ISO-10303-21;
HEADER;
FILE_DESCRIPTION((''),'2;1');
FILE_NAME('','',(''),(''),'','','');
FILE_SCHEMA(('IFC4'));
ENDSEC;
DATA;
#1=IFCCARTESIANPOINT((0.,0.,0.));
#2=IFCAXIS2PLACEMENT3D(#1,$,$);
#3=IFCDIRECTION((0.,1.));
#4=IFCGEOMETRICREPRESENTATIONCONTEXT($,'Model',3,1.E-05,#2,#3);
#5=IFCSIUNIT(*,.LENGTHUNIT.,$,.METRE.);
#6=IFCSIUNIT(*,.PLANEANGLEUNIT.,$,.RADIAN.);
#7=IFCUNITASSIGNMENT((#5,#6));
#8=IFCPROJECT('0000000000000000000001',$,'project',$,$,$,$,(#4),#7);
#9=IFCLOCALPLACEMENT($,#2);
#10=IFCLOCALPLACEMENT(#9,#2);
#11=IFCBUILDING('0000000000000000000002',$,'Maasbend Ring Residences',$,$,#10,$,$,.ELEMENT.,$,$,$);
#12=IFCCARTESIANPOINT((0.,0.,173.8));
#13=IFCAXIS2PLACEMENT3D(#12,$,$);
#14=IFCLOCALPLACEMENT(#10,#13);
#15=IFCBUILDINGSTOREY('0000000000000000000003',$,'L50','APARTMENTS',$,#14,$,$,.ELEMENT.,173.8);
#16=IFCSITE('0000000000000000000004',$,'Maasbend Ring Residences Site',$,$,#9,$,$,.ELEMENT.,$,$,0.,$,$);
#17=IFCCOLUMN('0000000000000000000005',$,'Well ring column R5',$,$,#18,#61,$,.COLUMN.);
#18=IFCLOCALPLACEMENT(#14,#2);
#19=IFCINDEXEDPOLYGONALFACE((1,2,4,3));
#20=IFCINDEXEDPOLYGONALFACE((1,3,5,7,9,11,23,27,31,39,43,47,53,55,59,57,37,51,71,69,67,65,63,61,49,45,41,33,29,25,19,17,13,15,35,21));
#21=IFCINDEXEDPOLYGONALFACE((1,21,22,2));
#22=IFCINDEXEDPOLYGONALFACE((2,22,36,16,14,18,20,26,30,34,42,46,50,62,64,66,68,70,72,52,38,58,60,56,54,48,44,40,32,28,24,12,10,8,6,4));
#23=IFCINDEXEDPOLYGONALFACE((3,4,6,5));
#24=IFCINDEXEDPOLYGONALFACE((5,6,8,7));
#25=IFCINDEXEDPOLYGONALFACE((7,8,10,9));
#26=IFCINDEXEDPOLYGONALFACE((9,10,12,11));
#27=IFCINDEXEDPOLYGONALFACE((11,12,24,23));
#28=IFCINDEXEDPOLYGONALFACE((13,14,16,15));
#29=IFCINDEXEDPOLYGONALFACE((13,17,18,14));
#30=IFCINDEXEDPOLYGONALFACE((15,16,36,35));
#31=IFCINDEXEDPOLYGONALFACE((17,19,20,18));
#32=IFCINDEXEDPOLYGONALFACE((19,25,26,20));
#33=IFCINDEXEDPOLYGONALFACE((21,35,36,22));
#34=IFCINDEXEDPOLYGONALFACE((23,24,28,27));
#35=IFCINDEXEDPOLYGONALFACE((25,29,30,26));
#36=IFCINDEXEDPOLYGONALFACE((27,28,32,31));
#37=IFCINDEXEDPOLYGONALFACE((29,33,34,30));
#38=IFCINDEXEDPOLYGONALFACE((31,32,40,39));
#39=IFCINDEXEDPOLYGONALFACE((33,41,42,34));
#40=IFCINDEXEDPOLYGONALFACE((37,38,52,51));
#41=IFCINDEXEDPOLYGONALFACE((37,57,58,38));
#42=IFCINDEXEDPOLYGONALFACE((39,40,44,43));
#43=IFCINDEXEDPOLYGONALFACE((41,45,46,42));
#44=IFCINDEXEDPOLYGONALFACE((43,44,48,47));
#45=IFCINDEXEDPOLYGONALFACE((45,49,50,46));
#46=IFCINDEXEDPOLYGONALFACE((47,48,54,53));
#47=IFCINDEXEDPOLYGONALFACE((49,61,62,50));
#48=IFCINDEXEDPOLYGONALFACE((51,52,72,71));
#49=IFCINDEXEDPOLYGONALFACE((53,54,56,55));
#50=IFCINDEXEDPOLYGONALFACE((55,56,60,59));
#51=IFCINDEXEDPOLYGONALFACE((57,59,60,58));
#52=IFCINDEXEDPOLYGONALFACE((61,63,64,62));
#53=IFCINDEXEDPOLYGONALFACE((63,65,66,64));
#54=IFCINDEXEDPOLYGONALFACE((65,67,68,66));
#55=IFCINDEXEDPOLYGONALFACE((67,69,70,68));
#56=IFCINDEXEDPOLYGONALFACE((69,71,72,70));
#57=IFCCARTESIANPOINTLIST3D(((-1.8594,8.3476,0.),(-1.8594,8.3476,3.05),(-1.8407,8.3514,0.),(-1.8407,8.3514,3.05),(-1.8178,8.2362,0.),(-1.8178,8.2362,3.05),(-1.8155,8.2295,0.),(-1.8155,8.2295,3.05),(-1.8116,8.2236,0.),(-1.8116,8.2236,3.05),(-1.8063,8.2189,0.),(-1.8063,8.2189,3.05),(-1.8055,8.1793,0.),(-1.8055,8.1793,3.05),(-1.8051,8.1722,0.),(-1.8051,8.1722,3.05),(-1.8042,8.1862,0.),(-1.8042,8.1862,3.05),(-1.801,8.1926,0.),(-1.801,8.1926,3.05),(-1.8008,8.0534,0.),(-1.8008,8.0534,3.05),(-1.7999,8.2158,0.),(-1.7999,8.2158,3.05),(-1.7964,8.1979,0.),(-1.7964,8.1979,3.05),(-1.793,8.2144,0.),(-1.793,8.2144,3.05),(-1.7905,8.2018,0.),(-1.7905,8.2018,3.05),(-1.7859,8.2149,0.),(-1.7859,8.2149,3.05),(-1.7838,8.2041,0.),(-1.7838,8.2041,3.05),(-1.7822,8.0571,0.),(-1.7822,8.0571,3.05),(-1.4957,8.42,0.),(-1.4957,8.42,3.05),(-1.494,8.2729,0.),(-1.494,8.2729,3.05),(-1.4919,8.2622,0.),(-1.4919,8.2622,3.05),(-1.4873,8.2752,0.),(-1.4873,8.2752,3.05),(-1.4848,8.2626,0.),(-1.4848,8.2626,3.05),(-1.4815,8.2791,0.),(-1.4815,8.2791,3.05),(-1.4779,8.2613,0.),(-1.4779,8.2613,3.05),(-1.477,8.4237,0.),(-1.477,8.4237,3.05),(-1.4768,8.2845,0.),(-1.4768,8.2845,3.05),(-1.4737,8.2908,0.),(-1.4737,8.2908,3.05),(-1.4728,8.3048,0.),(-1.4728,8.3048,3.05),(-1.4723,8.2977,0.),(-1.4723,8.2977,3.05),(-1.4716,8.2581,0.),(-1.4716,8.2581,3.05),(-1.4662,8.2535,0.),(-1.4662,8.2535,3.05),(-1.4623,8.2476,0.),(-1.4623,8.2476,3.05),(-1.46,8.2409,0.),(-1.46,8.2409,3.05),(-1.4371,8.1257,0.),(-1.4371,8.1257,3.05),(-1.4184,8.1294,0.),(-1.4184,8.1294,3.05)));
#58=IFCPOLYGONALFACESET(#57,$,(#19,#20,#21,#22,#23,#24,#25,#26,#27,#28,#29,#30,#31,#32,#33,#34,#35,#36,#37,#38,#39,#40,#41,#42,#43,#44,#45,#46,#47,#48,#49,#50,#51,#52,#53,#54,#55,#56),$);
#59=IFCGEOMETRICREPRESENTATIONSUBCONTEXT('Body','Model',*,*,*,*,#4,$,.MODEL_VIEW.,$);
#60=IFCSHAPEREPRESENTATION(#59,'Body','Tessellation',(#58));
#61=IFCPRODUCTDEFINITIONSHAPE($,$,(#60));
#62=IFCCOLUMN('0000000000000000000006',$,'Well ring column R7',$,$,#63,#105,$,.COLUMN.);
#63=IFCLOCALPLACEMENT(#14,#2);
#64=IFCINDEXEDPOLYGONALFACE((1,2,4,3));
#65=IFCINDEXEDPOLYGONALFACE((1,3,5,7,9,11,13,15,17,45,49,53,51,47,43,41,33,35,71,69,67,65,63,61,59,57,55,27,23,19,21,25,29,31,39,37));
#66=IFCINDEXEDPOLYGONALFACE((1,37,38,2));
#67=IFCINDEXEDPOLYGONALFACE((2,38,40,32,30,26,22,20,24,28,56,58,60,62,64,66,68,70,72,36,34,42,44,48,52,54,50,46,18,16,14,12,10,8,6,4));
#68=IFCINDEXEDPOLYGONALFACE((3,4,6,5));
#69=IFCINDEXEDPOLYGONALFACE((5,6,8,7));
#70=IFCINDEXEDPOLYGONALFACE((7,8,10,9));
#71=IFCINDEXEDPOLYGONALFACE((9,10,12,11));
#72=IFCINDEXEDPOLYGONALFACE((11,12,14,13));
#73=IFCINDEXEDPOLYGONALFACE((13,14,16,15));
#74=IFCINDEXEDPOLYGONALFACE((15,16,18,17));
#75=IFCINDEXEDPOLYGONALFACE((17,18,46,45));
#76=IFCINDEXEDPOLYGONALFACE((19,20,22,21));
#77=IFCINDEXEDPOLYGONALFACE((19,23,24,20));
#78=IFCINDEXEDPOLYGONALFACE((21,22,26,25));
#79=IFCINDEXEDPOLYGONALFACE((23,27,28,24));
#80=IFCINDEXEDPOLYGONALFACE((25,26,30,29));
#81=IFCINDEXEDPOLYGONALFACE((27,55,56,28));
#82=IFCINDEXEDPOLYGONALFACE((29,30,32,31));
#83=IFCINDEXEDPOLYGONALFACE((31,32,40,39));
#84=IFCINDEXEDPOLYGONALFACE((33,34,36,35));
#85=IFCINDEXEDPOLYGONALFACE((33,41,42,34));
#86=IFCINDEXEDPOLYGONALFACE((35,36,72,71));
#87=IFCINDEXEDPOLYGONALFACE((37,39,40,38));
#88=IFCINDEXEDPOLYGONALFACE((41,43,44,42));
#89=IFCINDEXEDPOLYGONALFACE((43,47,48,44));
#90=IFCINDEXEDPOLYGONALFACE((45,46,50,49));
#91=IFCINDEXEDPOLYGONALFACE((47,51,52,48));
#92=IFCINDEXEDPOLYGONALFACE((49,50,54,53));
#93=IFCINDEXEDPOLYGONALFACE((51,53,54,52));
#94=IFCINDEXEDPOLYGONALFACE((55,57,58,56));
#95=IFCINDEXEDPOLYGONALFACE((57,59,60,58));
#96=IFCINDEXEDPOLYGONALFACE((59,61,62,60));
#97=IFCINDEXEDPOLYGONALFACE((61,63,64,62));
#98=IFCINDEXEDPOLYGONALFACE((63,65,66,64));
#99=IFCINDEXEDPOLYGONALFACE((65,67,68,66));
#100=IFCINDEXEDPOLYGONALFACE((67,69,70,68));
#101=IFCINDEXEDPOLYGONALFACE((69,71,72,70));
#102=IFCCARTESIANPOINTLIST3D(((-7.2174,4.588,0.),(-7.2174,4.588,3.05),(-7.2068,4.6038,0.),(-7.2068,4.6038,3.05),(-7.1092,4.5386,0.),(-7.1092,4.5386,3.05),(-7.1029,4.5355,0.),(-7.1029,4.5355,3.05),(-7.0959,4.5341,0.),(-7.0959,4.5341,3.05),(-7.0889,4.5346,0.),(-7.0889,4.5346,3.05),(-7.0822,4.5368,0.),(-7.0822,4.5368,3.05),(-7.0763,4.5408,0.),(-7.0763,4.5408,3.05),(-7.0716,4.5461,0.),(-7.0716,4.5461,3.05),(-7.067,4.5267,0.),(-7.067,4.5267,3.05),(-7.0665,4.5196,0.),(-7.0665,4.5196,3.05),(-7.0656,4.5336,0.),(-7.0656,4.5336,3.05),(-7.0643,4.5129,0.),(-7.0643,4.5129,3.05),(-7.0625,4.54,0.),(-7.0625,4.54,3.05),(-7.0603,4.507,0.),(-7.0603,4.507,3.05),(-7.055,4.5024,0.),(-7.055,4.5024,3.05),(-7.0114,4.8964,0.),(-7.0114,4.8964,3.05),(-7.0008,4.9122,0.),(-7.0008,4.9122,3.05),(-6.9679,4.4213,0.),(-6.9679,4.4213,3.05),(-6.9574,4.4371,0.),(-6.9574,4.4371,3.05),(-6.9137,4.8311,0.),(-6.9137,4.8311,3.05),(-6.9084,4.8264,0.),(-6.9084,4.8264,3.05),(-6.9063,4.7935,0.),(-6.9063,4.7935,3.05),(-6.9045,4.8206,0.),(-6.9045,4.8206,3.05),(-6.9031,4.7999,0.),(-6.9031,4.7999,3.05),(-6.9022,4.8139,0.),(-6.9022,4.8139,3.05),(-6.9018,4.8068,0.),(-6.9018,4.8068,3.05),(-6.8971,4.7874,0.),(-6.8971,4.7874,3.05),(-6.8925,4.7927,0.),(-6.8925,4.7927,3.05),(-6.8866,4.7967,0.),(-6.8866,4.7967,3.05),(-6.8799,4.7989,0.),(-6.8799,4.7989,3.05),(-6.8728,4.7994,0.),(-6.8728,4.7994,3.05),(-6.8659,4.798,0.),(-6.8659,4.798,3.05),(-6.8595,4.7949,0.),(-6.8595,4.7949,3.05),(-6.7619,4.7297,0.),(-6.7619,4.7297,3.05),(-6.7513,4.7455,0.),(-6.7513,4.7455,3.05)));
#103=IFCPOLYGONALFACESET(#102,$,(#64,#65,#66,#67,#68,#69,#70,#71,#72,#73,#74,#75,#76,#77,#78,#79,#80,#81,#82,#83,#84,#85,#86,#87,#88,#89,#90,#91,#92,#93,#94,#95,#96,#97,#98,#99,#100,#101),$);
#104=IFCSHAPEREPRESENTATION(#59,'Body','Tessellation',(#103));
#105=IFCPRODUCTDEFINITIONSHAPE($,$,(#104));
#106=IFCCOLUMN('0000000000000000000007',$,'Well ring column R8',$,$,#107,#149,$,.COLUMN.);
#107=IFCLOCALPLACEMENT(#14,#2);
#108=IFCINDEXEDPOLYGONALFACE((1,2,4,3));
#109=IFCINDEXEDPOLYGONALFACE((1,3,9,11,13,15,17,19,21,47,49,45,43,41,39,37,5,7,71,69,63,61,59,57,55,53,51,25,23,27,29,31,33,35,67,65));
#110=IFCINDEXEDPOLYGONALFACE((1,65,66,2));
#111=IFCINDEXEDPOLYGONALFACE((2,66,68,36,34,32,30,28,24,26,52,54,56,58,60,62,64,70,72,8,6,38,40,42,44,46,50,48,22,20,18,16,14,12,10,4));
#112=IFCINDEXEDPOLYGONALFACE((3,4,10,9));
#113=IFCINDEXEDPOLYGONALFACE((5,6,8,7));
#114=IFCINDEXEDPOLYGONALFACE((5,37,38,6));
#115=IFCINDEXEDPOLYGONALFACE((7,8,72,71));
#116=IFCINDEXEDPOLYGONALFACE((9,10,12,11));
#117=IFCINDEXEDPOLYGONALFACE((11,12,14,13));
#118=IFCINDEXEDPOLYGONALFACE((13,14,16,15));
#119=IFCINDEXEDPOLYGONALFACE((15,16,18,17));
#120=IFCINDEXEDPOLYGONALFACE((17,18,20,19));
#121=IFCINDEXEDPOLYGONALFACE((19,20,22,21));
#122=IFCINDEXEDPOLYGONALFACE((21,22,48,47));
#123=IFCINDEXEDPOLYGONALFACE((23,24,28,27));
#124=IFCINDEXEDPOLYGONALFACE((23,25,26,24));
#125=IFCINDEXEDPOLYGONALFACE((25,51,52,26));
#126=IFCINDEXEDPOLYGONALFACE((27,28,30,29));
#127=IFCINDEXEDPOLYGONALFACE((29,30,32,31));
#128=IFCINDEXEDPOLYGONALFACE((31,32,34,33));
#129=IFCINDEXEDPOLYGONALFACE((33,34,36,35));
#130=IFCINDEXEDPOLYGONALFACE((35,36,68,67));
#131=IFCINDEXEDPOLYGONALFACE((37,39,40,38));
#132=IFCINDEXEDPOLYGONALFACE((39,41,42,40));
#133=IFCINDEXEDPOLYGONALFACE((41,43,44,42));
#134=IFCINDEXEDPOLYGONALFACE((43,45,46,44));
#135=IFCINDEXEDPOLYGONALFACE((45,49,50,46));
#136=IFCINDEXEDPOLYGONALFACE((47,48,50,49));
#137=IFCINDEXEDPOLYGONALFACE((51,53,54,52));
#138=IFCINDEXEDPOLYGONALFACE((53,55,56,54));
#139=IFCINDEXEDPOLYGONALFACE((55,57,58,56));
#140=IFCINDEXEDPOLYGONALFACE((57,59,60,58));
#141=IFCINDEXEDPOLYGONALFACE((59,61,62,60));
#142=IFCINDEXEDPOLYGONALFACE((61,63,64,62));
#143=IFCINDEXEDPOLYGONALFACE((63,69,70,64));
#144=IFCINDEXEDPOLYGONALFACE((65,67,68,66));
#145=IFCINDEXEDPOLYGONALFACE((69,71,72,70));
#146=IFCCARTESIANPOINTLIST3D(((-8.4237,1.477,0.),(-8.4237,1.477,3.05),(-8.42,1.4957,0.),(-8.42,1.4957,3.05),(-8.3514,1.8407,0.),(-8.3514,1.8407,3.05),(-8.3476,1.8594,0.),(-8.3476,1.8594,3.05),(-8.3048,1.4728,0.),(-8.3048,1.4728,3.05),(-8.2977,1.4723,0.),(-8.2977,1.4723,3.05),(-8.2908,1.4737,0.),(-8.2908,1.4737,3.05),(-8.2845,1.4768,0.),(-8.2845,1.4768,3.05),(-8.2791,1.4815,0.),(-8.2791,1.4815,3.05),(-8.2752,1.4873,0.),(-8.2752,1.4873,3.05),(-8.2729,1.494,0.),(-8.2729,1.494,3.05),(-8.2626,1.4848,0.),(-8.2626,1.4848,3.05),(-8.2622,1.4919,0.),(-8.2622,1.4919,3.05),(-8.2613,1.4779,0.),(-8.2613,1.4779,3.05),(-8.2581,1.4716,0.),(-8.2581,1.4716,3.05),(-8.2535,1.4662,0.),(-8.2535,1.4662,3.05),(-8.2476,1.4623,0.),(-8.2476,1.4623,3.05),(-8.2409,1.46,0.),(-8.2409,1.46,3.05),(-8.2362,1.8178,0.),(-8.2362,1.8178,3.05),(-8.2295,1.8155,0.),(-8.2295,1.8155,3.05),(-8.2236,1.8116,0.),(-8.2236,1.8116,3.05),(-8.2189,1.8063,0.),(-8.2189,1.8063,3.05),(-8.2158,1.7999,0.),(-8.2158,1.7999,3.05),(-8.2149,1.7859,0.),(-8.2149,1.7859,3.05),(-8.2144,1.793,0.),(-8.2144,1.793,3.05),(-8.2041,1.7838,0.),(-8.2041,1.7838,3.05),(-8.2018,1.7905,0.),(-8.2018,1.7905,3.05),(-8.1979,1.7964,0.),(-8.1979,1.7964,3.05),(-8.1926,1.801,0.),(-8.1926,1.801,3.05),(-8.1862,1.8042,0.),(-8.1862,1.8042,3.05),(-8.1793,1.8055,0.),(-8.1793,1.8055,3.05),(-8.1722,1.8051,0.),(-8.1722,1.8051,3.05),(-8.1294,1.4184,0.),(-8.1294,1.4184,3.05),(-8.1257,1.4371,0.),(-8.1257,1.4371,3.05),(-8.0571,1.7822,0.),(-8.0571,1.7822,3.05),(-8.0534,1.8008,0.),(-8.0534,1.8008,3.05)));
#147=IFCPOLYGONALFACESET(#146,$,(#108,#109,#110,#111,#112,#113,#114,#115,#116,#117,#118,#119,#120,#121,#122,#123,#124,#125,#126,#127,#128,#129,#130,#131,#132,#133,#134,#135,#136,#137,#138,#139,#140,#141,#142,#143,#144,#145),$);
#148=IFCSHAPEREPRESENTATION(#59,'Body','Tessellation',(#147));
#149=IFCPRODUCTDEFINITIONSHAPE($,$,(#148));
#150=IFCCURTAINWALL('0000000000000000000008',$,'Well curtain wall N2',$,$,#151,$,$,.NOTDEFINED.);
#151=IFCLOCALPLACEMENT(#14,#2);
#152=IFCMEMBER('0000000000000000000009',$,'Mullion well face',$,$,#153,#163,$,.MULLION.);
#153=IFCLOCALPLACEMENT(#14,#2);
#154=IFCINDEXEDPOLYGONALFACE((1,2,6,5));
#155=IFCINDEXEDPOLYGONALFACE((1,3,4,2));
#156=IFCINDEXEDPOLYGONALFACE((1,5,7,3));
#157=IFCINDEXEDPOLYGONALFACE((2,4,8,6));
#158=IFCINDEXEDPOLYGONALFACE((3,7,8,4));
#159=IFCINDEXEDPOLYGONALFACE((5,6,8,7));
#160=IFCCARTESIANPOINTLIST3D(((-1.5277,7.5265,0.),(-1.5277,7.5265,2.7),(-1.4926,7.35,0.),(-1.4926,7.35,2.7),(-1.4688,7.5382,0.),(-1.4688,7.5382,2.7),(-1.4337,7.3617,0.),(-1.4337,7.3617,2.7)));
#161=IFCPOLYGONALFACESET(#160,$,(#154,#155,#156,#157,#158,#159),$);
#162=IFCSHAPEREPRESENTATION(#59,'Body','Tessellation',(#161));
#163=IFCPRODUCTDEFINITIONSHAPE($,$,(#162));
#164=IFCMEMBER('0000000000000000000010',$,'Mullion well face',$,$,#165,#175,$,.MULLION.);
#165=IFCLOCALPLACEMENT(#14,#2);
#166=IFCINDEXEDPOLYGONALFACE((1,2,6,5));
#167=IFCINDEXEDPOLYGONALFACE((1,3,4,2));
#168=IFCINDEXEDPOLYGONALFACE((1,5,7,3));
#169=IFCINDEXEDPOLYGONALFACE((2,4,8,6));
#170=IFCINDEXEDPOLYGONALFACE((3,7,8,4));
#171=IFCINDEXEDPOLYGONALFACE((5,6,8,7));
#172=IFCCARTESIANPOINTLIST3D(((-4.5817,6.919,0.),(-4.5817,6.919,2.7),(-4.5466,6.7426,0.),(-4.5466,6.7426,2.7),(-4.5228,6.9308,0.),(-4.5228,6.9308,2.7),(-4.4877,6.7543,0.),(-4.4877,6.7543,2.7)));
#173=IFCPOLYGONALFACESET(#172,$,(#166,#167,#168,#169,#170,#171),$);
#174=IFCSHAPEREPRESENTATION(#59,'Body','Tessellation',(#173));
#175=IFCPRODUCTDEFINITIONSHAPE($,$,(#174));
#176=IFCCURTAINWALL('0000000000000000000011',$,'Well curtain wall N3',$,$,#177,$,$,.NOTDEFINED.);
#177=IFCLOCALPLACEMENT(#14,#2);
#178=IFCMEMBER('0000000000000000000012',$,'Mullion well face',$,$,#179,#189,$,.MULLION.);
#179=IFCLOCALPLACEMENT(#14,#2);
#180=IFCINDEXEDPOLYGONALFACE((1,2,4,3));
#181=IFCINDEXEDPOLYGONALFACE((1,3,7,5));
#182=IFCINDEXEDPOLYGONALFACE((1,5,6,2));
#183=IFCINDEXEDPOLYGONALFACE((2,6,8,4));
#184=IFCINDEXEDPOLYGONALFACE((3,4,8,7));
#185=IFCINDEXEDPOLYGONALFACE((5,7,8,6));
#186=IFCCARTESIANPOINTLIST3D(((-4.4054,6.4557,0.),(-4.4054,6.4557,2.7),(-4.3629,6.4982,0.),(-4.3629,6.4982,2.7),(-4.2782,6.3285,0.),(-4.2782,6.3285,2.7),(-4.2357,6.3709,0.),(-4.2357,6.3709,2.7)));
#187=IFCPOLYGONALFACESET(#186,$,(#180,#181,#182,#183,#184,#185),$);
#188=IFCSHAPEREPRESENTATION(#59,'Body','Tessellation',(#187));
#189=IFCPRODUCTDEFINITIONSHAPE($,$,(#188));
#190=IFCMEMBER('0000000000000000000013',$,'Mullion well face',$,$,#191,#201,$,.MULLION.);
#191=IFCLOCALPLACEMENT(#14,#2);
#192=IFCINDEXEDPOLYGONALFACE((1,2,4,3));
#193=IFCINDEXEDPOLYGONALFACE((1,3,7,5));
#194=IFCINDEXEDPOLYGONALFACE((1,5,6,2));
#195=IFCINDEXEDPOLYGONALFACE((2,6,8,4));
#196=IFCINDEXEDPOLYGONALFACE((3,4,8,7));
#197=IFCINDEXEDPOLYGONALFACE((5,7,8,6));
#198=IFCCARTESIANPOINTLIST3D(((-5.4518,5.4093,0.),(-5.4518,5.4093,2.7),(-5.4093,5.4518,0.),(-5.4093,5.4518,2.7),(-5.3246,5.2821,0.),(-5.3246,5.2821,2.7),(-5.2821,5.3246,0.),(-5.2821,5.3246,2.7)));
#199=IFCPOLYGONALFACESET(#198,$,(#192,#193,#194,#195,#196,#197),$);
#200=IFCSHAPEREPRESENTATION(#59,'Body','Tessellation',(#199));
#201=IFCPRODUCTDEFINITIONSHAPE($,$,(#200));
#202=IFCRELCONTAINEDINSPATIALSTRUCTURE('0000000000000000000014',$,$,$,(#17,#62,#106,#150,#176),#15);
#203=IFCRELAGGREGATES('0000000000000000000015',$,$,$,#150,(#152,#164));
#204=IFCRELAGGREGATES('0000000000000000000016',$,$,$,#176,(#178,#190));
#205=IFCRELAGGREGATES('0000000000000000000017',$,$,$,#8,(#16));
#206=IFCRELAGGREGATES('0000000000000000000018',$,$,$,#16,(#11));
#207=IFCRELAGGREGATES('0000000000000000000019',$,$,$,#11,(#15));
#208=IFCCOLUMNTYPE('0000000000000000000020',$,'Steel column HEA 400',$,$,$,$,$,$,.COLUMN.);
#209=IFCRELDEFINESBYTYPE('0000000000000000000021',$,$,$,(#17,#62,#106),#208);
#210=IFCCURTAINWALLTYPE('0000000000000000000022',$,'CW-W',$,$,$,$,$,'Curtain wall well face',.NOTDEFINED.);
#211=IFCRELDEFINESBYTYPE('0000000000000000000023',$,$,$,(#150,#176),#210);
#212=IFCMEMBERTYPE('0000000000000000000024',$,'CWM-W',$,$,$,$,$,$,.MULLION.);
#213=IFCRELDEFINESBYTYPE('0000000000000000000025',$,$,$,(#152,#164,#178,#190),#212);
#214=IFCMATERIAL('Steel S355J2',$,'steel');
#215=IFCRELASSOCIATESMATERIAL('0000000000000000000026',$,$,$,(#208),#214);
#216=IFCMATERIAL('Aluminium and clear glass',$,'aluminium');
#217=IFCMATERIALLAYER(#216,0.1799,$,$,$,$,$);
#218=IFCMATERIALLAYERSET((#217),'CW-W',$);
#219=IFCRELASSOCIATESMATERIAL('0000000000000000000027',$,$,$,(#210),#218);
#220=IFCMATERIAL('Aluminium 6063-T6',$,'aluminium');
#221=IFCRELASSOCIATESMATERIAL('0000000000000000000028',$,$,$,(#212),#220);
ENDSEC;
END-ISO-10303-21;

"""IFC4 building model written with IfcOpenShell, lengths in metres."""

from ifc_helpers import new_model, si_unit, direction, frame, origin, origin_2d, place, context, subcontext, project, spatial, rectangle, i_section, extrude, material, layer, layer_set, material_profile, profile_set, type_object, element, aggregate, save


model = new_model("IFC4")

# Units and contexts
model_context = context("Model", 3, precision=1e-05, world=origin(), true_north=direction((0.0, 1.0)))
body_context = subcontext(model_context, "Body", "Model", "MODEL_VIEW")
ifc_project = project(units=[si_unit("LENGTHUNIT", "METRE"), si_unit("PLANEANGLEUNIT", "RADIAN")], contexts=[model_context])

# Site, building, storey
site_placement = place(None, origin())
site = spatial("IfcSite", under=ifc_project, at=site_placement, Name="Maasbend Ring Residences Site", CompositionType="ELEMENT", RefElevation=0.0)
building_placement = place(site_placement, origin())
building = spatial("IfcBuilding", under=site, at=building_placement, Name="Maasbend Ring Residences", CompositionType="ELEMENT")
storey_placement = place(building_placement, frame((0.0, 0.0, 173.8)))
storey = spatial("IfcBuildingStorey", under=building, at=storey_placement, Name="L50", Description="APARTMENTS", CompositionType="ELEMENT", Elevation=173.8)

# Columns
ifc_material_1 = material(Name="Steel S355J2", Category="steel")
ifc_material_profile_1 = material_profile(ifc_material_1, i_section(OverallWidth=0.3, OverallDepth=0.3899, WebThickness=0.011, FlangeThickness=0.019, FilletRadius=0.0271, at=origin_2d()), Name="HEA 400")
ifc_profile_set_1 = profile_set([ifc_material_profile_1], Name="Steel S355J2")
column_type = type_object("IfcColumnType", Name="Steel column HEA 400", PredefinedType="COLUMN", material=ifc_profile_set_1)
for number, where, z_axis, x_axis, name in (
    (1, (-1.6389, 8.2385, 0.0), (0.0, 0.0, 1.0), (-0.19509, 0.980785, 0.0), "Well ring column R5"),
    (2, (-6.9844, 4.6667, 0.0), (0.0, 0.0, 1.0), (-0.83147, 0.55557, 0.0), "Well ring column R7"),
    (3, (-8.2385, 1.6389, 0.0), (0.0, 0.0, 1.0), (-0.980785, 0.19509, 0.0), "Well ring column R8"),
):
    element("IfcColumn", number, at=place(storey_placement, frame(where, z_axis=z_axis, x_axis=x_axis)), inside=storey, type_object=column_type, Name=name, PredefinedType="COLUMN", context=body_context, shape_type="SweptSolid", body=[
        extrude(i_section(OverallWidth=0.3, OverallDepth=0.3899, WebThickness=0.011, FlangeThickness=0.019, FilletRadius=0.0271, at=origin_2d()), origin(), (0.0, 0.0, 1.0), 3.05),
    ])

# Curtain walls, members
ifc_material_2 = material(Name="Aluminium and clear glass", Category="aluminium")
ifc_layer_1 = layer(ifc_material_2, 0.1799)
ifc_layer_set_1 = layer_set([ifc_layer_1], Name="CW-W")
curtain_wall_type = type_object("IfcCurtainWallType", Name="CW-W", ElementType="Curtain wall well face", PredefinedType="NOTDEFINED", material=ifc_layer_set_1)
curtain_wall_1_placement = place(storey_placement, origin())
curtain_wall_1 = element("IfcCurtainWall", 4, at=curtain_wall_1_placement, inside=storey, type_object=curtain_wall_type, Name="Well curtain wall N2", PredefinedType="NOTDEFINED")
ifc_material_3 = material(Name="Aluminium 6063-T6", Category="aluminium")
ifc_material_profile_2 = material_profile(ifc_material_3, rectangle(XDim=0.1799, YDim=0.0601, at=origin_2d()), Name="AL 180x60")
ifc_profile_set_2 = profile_set([ifc_material_profile_2], Name="Aluminium 6063-T6")
member_type_1 = type_object("IfcMemberType", Name="CWM-W", PredefinedType="MULLION", material=ifc_profile_set_2)
member_1_placement = place(storey_placement, frame((-1.4807, 7.4441, 0.0), z_axis=(0.0, 0.0, 1.0), x_axis=(0.19509, -0.980785, 0.0)))
member_1 = element("IfcMember", 5, at=member_1_placement, type_object=member_type_1, Name="Mullion well face", PredefinedType="MULLION", context=body_context, shape_type="SweptSolid", body=[
    extrude(rectangle(XDim=0.1799, YDim=0.0601, at=origin_2d()), origin(), (0.0, 0.0, 1.0), 2.7),
])
member_2_placement = place(storey_placement, frame((-4.5347, 6.8367, 0.0), z_axis=(0.0, 0.0, 1.0), x_axis=(0.19509, -0.980785, 0.0)))
member_2 = element("IfcMember", 6, at=member_2_placement, type_object=member_type_1, Name="Mullion well face", PredefinedType="MULLION", context=body_context, shape_type="SweptSolid", body=[
    extrude(rectangle(XDim=0.1799, YDim=0.0601, at=origin_2d()), origin(), (0.0, 0.0, 1.0), 2.7),
])
curtain_wall_2_placement = place(storey_placement, origin())
curtain_wall_2 = element("IfcCurtainWall", 7, at=curtain_wall_2_placement, inside=storey, type_object=curtain_wall_type, Name="Well curtain wall N3", PredefinedType="NOTDEFINED")
member_3_placement = place(storey_placement, frame((-4.3206, 6.4133, 0.0), z_axis=(0.0, 0.0, 1.0), x_axis=(0.707107, -0.707107, 0.0)))
member_3 = element("IfcMember", 8, at=member_3_placement, type_object=member_type_1, Name="Mullion well face", PredefinedType="MULLION", context=body_context, shape_type="SweptSolid", body=[
    extrude(rectangle(XDim=0.1799, YDim=0.0601, at=origin_2d()), origin(), (0.0, 0.0, 1.0), 2.7),
])
member_4_placement = place(storey_placement, frame((-5.3669, 5.3669, 0.0), z_axis=(0.0, 0.0, 1.0), x_axis=(0.707107, -0.707107, 0.0)))
member_4 = element("IfcMember", 9, at=member_4_placement, type_object=member_type_1, Name="Mullion well face", PredefinedType="MULLION", context=body_context, shape_type="SweptSolid", body=[
    extrude(rectangle(XDim=0.1799, YDim=0.0601, at=origin_2d()), origin(), (0.0, 0.0, 1.0), 2.7),
])

aggregate(curtain_wall_1, [member_1, member_2])
aggregate(curtain_wall_2, [member_3, member_4])

save(model, "model.ifc")
